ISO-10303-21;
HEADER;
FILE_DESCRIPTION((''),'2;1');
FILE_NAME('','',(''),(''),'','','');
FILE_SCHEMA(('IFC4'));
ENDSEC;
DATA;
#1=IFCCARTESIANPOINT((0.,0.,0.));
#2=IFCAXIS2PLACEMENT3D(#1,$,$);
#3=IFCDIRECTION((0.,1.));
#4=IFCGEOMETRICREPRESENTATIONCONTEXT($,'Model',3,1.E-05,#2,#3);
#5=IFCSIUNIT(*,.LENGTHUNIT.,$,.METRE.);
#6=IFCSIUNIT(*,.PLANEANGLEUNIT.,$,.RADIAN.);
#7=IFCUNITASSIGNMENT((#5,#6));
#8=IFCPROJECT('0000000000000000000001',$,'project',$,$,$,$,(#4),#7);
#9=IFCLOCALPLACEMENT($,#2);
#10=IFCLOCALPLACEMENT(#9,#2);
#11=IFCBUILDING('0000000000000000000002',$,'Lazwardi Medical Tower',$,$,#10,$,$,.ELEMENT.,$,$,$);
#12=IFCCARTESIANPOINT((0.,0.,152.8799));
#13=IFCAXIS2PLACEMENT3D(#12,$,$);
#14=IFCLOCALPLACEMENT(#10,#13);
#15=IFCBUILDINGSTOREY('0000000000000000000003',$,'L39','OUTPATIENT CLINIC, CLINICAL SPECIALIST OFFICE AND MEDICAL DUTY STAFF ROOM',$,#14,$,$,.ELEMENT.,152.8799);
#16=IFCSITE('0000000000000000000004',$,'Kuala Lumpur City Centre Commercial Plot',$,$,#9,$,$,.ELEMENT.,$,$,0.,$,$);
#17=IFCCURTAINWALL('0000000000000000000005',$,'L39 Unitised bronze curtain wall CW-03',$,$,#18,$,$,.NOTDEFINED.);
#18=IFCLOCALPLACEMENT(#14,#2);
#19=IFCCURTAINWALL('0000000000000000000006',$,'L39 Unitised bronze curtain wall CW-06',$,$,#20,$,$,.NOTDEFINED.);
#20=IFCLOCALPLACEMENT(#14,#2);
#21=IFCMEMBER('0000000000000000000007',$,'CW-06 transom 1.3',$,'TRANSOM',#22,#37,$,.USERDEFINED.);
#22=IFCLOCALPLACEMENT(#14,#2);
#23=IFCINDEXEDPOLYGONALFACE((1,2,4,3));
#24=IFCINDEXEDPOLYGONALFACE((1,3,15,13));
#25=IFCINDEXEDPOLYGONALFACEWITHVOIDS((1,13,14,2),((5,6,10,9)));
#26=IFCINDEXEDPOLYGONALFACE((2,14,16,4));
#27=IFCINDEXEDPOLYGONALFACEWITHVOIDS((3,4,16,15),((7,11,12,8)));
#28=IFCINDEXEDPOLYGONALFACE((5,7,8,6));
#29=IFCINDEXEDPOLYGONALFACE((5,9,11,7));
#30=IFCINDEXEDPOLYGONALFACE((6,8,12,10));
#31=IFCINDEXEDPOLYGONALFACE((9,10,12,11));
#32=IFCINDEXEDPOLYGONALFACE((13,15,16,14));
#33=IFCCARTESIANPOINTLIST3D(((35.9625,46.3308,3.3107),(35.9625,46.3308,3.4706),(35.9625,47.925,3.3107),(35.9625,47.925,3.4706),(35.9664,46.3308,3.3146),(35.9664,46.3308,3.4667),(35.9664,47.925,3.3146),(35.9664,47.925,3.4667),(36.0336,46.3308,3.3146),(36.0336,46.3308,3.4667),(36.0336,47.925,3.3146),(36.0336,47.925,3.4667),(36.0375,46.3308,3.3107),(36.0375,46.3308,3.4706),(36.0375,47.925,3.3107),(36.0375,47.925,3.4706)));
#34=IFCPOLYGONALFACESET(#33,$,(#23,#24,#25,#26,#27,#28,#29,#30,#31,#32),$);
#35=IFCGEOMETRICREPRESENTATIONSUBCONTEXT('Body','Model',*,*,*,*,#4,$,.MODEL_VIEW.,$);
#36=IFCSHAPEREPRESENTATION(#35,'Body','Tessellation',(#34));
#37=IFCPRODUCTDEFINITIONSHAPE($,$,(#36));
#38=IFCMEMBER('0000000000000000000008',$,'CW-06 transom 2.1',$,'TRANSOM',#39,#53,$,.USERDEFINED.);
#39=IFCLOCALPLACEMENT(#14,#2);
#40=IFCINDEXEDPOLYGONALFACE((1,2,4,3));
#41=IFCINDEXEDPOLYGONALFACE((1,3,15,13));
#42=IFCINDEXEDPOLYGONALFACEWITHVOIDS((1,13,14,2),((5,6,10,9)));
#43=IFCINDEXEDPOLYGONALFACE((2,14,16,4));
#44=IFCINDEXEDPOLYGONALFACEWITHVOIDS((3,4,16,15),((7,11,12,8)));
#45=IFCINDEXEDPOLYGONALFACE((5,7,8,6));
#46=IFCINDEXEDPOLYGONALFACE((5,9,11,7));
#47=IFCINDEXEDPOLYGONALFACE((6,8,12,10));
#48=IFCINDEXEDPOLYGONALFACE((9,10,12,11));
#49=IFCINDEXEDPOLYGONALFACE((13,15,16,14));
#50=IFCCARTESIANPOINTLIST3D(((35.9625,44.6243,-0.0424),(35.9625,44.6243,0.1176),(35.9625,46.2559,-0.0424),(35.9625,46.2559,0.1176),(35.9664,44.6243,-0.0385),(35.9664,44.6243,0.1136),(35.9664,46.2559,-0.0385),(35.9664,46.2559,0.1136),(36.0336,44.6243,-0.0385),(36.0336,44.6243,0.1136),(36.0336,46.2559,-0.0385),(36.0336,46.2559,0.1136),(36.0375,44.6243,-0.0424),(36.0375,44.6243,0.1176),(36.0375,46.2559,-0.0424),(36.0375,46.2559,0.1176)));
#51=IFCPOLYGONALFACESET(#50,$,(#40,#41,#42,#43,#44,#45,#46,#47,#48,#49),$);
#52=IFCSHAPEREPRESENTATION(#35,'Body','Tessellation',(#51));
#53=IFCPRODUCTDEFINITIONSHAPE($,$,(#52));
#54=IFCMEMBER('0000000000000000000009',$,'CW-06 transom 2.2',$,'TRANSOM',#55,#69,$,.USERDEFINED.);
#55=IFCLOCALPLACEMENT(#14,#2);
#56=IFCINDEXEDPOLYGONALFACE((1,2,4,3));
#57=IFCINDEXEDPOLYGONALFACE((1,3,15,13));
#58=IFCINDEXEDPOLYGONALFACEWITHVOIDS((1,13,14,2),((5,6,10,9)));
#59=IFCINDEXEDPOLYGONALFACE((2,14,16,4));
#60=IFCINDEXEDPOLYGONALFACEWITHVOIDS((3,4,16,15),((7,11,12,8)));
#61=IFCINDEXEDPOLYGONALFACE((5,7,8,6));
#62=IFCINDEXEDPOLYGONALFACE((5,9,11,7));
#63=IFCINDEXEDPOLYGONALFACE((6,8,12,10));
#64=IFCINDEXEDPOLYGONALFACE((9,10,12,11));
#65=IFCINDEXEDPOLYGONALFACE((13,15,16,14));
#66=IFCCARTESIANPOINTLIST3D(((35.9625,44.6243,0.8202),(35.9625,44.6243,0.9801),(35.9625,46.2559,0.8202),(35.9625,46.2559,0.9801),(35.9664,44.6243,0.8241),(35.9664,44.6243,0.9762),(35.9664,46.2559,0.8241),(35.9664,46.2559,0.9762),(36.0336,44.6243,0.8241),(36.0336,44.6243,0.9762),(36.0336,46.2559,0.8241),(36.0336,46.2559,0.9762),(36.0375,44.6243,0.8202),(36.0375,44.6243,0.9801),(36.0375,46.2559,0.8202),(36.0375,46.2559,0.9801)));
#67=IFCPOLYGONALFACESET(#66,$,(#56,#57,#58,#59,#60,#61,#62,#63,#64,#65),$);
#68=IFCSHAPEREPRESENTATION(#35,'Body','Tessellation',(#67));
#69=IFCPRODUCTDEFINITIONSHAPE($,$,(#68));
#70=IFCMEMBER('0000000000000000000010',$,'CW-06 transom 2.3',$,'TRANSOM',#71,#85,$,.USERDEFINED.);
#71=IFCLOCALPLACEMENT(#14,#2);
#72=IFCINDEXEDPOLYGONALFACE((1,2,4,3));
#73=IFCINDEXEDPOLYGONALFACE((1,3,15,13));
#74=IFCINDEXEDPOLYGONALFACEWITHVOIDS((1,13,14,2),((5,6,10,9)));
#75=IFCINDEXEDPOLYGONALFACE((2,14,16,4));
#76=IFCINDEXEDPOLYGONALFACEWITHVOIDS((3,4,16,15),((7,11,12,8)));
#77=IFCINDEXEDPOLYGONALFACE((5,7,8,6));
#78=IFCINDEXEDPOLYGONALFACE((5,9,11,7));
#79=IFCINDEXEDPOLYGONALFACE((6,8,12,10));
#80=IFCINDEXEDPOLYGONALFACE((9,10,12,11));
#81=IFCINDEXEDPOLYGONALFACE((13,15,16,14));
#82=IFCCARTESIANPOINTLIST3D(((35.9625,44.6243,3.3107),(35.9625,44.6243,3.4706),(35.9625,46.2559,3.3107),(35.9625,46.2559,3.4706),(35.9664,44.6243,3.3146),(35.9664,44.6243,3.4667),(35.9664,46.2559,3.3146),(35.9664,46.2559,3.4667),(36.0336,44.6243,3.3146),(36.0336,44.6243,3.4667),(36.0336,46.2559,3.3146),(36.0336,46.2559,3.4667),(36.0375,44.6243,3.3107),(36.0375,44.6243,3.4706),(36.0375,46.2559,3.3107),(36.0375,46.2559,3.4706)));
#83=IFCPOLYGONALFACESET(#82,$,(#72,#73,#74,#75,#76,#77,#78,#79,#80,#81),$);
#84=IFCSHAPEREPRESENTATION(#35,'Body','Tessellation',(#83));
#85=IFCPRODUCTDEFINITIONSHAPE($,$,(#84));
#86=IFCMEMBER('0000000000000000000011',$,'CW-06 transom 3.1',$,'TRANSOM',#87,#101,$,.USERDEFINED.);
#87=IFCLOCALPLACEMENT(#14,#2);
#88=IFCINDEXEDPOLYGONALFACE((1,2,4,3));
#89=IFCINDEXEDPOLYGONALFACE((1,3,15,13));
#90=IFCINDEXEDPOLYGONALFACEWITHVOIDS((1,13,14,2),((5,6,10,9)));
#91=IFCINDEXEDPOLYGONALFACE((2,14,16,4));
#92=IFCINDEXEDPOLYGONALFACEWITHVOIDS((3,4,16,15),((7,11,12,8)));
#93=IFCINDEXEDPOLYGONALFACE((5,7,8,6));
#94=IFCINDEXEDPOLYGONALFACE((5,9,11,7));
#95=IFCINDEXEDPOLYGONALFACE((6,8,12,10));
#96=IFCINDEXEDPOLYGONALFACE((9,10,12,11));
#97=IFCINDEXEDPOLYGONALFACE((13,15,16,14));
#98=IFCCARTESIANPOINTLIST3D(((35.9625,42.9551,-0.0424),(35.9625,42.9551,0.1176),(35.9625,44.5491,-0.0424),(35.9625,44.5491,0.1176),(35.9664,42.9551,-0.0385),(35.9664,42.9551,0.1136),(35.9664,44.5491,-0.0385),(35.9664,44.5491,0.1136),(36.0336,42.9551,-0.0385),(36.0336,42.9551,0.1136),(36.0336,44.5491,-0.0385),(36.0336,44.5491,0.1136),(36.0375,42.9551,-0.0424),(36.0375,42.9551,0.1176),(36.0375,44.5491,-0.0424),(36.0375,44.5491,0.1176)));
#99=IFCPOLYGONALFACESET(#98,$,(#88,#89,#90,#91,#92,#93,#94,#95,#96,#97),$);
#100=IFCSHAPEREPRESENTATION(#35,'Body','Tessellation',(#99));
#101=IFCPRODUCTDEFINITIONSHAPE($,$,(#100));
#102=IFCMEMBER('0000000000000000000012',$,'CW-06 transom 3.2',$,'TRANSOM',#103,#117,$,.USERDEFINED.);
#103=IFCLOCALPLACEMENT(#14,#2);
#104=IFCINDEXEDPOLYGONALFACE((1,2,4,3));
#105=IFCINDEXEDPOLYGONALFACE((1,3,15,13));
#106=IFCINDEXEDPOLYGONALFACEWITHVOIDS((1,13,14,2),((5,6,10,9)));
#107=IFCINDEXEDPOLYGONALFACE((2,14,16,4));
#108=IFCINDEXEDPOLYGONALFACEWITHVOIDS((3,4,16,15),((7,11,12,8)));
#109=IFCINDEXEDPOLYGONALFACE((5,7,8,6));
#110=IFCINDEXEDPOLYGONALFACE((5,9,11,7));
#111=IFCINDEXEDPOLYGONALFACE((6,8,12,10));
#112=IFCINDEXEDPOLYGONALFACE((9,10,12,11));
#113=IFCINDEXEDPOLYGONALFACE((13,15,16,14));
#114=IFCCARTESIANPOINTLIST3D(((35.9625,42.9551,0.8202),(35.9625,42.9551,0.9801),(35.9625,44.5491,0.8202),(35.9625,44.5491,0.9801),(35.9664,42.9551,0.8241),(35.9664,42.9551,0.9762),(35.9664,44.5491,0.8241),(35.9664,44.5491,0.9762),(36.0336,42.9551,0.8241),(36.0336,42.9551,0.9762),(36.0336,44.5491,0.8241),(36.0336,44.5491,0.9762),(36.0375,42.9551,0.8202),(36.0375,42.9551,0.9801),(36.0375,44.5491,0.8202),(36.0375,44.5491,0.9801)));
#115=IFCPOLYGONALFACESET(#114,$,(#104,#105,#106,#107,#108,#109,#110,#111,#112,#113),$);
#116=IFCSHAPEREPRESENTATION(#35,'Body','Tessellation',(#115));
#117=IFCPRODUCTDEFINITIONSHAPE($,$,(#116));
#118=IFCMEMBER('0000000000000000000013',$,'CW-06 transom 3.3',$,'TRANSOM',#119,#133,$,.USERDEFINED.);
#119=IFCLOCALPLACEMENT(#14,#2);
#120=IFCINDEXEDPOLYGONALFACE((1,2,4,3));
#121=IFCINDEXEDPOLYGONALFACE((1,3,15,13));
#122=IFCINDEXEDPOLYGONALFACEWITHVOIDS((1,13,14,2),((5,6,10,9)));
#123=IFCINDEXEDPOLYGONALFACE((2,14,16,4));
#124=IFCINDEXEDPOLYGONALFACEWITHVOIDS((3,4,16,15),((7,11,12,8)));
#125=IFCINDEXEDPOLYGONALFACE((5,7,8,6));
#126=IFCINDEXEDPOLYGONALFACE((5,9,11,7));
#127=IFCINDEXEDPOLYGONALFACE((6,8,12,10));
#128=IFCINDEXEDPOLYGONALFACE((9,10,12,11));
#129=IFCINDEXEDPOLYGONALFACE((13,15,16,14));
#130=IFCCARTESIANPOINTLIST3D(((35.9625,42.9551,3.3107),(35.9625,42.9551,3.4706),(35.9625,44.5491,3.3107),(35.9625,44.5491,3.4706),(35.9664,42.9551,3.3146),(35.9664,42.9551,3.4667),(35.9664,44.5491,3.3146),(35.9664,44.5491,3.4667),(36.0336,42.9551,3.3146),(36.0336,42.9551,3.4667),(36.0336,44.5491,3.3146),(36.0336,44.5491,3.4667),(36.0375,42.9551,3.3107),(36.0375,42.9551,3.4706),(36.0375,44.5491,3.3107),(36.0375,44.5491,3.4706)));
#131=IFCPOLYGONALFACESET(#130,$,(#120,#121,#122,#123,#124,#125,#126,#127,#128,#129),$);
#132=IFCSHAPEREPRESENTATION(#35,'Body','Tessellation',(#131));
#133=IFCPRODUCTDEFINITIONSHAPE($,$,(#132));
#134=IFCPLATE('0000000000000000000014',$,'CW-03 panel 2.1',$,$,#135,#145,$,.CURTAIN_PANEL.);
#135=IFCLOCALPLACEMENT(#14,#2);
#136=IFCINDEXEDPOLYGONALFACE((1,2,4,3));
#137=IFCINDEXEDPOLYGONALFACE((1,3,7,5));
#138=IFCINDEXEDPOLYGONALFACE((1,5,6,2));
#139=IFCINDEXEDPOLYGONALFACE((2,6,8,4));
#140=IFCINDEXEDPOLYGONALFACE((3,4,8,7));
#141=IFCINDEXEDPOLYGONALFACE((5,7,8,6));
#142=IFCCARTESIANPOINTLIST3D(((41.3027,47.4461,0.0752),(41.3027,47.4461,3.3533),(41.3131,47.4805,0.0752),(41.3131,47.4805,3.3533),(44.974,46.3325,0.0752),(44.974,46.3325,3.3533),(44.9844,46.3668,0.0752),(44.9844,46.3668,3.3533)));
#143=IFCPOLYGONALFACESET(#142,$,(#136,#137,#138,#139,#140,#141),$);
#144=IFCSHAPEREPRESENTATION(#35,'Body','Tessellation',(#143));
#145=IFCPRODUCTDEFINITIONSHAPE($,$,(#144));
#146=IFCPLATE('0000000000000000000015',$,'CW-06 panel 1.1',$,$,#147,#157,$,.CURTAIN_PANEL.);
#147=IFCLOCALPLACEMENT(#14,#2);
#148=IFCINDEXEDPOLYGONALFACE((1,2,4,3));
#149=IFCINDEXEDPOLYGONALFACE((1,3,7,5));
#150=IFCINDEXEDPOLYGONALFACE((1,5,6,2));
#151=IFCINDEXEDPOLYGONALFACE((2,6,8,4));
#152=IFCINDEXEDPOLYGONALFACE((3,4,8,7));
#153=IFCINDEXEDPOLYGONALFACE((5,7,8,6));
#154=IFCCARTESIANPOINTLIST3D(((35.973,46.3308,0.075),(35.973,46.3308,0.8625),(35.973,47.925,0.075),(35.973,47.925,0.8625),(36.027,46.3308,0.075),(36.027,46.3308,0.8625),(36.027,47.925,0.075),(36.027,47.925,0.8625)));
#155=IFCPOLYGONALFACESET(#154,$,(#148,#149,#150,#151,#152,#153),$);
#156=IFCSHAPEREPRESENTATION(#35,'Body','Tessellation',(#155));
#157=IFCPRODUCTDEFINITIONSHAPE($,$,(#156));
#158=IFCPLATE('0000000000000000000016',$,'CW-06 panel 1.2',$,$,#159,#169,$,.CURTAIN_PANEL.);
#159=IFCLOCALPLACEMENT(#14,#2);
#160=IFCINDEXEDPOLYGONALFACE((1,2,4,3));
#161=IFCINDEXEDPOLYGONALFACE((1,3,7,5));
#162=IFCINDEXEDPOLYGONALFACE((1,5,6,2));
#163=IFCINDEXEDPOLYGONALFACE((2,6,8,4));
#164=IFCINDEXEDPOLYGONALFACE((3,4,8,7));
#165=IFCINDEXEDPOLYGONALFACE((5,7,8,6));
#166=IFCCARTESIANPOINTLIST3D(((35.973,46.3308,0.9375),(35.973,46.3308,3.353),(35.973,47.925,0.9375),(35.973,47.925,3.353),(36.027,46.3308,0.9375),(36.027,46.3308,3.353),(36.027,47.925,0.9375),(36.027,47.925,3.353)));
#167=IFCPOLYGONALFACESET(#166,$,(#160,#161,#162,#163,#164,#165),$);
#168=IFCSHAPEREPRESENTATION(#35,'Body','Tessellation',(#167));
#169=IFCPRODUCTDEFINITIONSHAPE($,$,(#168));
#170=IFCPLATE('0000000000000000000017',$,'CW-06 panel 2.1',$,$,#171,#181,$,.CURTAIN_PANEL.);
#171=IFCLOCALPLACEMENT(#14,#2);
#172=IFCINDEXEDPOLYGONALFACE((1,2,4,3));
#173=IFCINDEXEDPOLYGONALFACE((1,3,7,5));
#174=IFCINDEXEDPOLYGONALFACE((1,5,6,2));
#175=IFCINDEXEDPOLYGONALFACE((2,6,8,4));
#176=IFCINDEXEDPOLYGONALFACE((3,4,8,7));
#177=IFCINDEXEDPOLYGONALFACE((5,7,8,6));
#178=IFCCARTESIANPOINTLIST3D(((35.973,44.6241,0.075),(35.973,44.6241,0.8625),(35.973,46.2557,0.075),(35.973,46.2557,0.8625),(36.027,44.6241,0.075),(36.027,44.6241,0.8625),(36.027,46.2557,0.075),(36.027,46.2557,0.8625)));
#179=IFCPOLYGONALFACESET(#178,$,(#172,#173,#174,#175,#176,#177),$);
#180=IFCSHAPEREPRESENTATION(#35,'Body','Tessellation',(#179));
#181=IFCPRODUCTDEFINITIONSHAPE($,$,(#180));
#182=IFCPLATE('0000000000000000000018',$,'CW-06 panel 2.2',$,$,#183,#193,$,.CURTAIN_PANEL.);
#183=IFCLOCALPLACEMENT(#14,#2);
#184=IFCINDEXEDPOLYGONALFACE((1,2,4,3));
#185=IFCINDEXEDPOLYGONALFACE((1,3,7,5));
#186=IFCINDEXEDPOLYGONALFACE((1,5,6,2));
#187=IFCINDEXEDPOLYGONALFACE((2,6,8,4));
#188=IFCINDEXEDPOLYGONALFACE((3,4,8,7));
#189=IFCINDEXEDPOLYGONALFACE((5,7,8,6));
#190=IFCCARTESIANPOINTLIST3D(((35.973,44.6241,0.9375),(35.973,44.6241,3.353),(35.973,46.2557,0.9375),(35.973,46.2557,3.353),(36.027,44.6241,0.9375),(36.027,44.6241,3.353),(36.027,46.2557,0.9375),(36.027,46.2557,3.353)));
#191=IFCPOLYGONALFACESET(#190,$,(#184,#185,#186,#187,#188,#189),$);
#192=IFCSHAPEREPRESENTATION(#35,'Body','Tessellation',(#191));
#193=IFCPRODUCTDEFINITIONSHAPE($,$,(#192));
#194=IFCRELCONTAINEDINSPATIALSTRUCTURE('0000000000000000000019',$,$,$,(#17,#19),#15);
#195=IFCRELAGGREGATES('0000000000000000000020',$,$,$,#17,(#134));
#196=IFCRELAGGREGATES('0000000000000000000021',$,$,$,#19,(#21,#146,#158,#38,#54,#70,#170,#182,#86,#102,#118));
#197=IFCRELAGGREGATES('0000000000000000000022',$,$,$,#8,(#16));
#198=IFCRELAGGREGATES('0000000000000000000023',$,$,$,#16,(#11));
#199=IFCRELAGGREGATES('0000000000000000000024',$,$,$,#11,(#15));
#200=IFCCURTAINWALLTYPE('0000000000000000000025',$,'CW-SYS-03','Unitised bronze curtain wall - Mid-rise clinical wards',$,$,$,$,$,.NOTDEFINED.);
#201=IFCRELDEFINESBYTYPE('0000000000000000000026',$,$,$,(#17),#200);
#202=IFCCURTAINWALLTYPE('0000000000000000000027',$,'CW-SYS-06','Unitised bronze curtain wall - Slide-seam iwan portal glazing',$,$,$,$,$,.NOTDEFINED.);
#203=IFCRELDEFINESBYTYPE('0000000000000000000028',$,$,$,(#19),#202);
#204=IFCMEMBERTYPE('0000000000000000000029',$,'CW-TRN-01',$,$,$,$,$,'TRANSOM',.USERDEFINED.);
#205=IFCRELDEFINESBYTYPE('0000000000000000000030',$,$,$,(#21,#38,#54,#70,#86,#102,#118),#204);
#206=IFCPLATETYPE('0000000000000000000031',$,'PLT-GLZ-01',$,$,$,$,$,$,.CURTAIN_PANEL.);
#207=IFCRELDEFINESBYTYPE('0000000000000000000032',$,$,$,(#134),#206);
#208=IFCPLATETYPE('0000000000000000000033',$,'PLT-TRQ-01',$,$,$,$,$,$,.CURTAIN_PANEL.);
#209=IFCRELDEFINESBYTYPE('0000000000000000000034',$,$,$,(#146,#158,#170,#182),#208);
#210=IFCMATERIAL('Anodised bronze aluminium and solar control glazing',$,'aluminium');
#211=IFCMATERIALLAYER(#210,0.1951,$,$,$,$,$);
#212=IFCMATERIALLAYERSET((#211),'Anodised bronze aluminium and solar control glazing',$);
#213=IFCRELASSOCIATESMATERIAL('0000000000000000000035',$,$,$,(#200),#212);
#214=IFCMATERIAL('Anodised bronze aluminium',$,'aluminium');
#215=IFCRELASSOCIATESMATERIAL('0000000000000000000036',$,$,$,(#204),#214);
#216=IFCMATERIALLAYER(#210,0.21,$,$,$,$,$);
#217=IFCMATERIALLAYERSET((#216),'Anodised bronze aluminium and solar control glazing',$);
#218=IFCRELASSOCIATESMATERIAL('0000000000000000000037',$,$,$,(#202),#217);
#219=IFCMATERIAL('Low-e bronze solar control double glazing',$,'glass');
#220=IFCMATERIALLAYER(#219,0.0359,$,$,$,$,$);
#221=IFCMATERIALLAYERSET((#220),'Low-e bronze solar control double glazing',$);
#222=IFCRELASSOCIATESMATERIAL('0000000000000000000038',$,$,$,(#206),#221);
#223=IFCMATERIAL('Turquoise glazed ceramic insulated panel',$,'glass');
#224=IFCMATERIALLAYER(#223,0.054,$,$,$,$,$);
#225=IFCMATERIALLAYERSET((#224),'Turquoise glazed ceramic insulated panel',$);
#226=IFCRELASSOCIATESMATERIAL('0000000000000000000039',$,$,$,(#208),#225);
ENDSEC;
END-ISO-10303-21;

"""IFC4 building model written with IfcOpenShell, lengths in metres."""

from ifc_helpers import new_model, si_unit, direction, frame, origin, origin_2d, place, context, subcontext, project, spatial, rectangle, hollow_rectangle, extrude, material, layer, layer_set, material_profile, profile_set, type_object, element, aggregate, save


model = new_model("IFC4")

# Units and contexts
model_context = context("Model", 3, precision=1e-05, world=origin(), true_north=direction((0.0, 1.0)))
body_context = subcontext(model_context, "Body", "Model", "MODEL_VIEW")
ifc_project = project(units=[si_unit("LENGTHUNIT", "METRE"), si_unit("PLANEANGLEUNIT", "RADIAN")], contexts=[model_context])

# Site, building, storey
site_placement = place(None, origin())
site = spatial("IfcSite", under=ifc_project, at=site_placement, Name="Kuala Lumpur City Centre Commercial Plot", CompositionType="ELEMENT", RefElevation=0.0)
building_placement = place(site_placement, origin())
building = spatial("IfcBuilding", under=site, at=building_placement, Name="Lazwardi Medical Tower", CompositionType="ELEMENT")
storey_placement = place(building_placement, frame((0.0, 0.0, 152.8799)))
storey = spatial("IfcBuildingStorey", under=building, at=storey_placement, Name="L39", Description="OUTPATIENT CLINIC, CLINICAL SPECIALIST OFFICE AND MEDICAL DUTY STAFF ROOM", CompositionType="ELEMENT", Elevation=152.8799)

# Curtain walls, members
ifc_material_1 = material(Name="Anodised bronze aluminium and solar control glazing", Category="aluminium")
ifc_layer_1 = layer(ifc_material_1, 0.1951)
ifc_layer_set_1 = layer_set([ifc_layer_1], Name="Anodised bronze aluminium and solar control glazing")
curtain_wall_type_1 = type_object("IfcCurtainWallType", Name="CW-SYS-03", Description="Unitised bronze curtain wall - Mid-rise clinical wards", PredefinedType="NOTDEFINED", material=ifc_layer_set_1)
curtain_wall_1_placement = place(storey_placement, origin())
curtain_wall_1 = element("IfcCurtainWall", 1, at=curtain_wall_1_placement, inside=storey, type_object=curtain_wall_type_1, Name="L39 Unitised bronze curtain wall CW-03", PredefinedType="NOTDEFINED")
ifc_material_2 = material(Name="Anodised bronze aluminium", Category="aluminium")
ifc_material_profile_1 = material_profile(ifc_material_2, hollow_rectangle(XDim=0.075, YDim=0.1599, WallThickness=0.0039, at=origin_2d()), Name="ALU-TRANSOM 160x75x4")
ifc_profile_set_1 = profile_set([ifc_material_profile_1], Name="Anodised bronze aluminium")
member_type_1 = type_object("IfcMemberType", Name="CW-TRN-01", ElementType="TRANSOM", PredefinedType="USERDEFINED", material=ifc_profile_set_1)
ifc_layer_2 = layer(ifc_material_1, 0.21)
ifc_layer_set_2 = layer_set([ifc_layer_2], Name="Anodised bronze aluminium and solar control glazing")
curtain_wall_type_2 = type_object("IfcCurtainWallType", Name="CW-SYS-06", Description="Unitised bronze curtain wall - Slide-seam iwan portal glazing", PredefinedType="NOTDEFINED", material=ifc_layer_set_2)
curtain_wall_2_placement = place(storey_placement, origin())
curtain_wall_2 = element("IfcCurtainWall", 2, at=curtain_wall_2_placement, inside=storey, type_object=curtain_wall_type_2, Name="L39 Unitised bronze curtain wall CW-06", PredefinedType="NOTDEFINED")
member_1_placement = place(storey_placement, frame((36.0, 47.925, 3.3906), z_axis=(0.0, -1.0, 0.0), x_axis=(1.0, 0.0, 0.0)))
member_1 = element("IfcMember", 3, at=member_1_placement, type_object=member_type_1, Name="CW-06 transom 1.3", ObjectType="TRANSOM", PredefinedType="USERDEFINED", context=body_context, shape_type="SweptSolid", body=[
    extrude(hollow_rectangle(XDim=0.075, YDim=0.1599, WallThickness=0.0039, at=origin_2d()), origin(), (0.0, 0.0, 1.0), 1.5942),
])
member_2_placement = place(storey_placement, frame((36.0, 46.2559, 0.0376), z_axis=(0.0, -1.0, 0.0), x_axis=(1.0, 0.0, 0.0)))
member_2 = element("IfcMember", 4, at=member_2_placement, type_object=member_type_1, Name="CW-06 transom 2.1", ObjectType="TRANSOM", PredefinedType="USERDEFINED", context=body_context, shape_type="SweptSolid", body=[
    extrude(hollow_rectangle(XDim=0.075, YDim=0.1599, WallThickness=0.0039, at=origin_2d()), origin(), (0.0, 0.0, 1.0), 1.6316),
])
member_3_placement = place(storey_placement, frame((36.0, 46.2559, 0.9001), z_axis=(0.0, -1.0, 0.0), x_axis=(1.0, 0.0, 0.0)))
member_3 = element("IfcMember", 5, at=member_3_placement, type_object=member_type_1, Name="CW-06 transom 2.2", ObjectType="TRANSOM", PredefinedType="USERDEFINED", context=body_context, shape_type="SweptSolid", body=[
    extrude(hollow_rectangle(XDim=0.075, YDim=0.1599, WallThickness=0.0039, at=origin_2d()), origin(), (0.0, 0.0, 1.0), 1.6316),
])
member_4_placement = place(storey_placement, frame((36.0, 46.2559, 3.3906), z_axis=(0.0, -1.0, 0.0), x_axis=(1.0, 0.0, 0.0)))
member_4 = element("IfcMember", 6, at=member_4_placement, type_object=member_type_1, Name="CW-06 transom 2.3", ObjectType="TRANSOM", PredefinedType="USERDEFINED", context=body_context, shape_type="SweptSolid", body=[
    extrude(hollow_rectangle(XDim=0.075, YDim=0.1599, WallThickness=0.0039, at=origin_2d()), origin(), (0.0, 0.0, 1.0), 1.6316),
])
member_5_placement = place(storey_placement, frame((36.0, 44.5491, 0.0376), z_axis=(0.0, -1.0, 0.0), x_axis=(1.0, 0.0, 0.0)))
member_5 = element("IfcMember", 7, at=member_5_placement, type_object=member_type_1, Name="CW-06 transom 3.1", ObjectType="TRANSOM", PredefinedType="USERDEFINED", context=body_context, shape_type="SweptSolid", body=[
    extrude(hollow_rectangle(XDim=0.075, YDim=0.1599, WallThickness=0.0039, at=origin_2d()), origin(), (0.0, 0.0, 1.0), 1.594),
])
member_6_placement = place(storey_placement, frame((36.0, 44.5491, 0.9001), z_axis=(0.0, -1.0, 0.0), x_axis=(1.0, 0.0, 0.0)))
member_6 = element("IfcMember", 8, at=member_6_placement, type_object=member_type_1, Name="CW-06 transom 3.2", ObjectType="TRANSOM", PredefinedType="USERDEFINED", context=body_context, shape_type="SweptSolid", body=[
    extrude(hollow_rectangle(XDim=0.075, YDim=0.1599, WallThickness=0.0039, at=origin_2d()), origin(), (0.0, 0.0, 1.0), 1.594),
])
member_7_placement = place(storey_placement, frame((36.0, 44.5491, 3.3906), z_axis=(0.0, -1.0, 0.0), x_axis=(1.0, 0.0, 0.0)))
member_7 = element("IfcMember", 9, at=member_7_placement, type_object=member_type_1, Name="CW-06 transom 3.3", ObjectType="TRANSOM", PredefinedType="USERDEFINED", context=body_context, shape_type="SweptSolid", body=[
    extrude(hollow_rectangle(XDim=0.075, YDim=0.1599, WallThickness=0.0039, at=origin_2d()), origin(), (0.0, 0.0, 1.0), 1.594),
])

# Plates
ifc_material_3 = material(Name="Low-e bronze solar control double glazing", Category="glass")
ifc_layer_3 = layer(ifc_material_3, 0.0359)
ifc_layer_set_3 = layer_set([ifc_layer_3], Name="Low-e bronze solar control double glazing")
plate_type_1 = type_object("IfcPlateType", Name="PLT-GLZ-01", PredefinedType="CURTAIN_PANEL", material=ifc_layer_set_3)
plate_1_placement = place(storey_placement, frame((43.1436, 46.9065, 0.0752), z_axis=(0.0, 0.0, 1.0), x_axis=(-0.956942, 0.290281, 0.0)))
plate_1 = element("IfcPlate", 10, at=plate_1_placement, type_object=plate_type_1, Name="CW-03 panel 2.1", PredefinedType="CURTAIN_PANEL", context=body_context, shape_type="SweptSolid", body=[
    extrude(rectangle(XDim=3.8364, YDim=0.0359, at=origin_2d()), origin(), (0.0, 0.0, 1.0), 3.2781),
])
aggregate(curtain_wall_1, [plate_1])
ifc_material_4 = material(Name="Turquoise glazed ceramic insulated panel", Category="glass")
ifc_layer_4 = layer(ifc_material_4, 0.054)
ifc_layer_set_4 = layer_set([ifc_layer_4], Name="Turquoise glazed ceramic insulated panel")
plate_type_2 = type_object("IfcPlateType", Name="PLT-TRQ-01", PredefinedType="CURTAIN_PANEL", material=ifc_layer_set_4)
plate_2_placement = place(storey_placement, frame((36.0, 47.1279, 0.075), z_axis=(0.0, 0.0, 1.0), x_axis=(0.0, -1.0, 0.0)))
plate_2 = element("IfcPlate", 11, at=plate_2_placement, type_object=plate_type_2, Name="CW-06 panel 1.1", PredefinedType="CURTAIN_PANEL", context=body_context, shape_type="SweptSolid", body=[
    extrude(rectangle(XDim=1.5942, YDim=0.054, at=origin_2d()), origin(), (0.0, 0.0, 1.0), 0.7876),
])
plate_3_placement = place(storey_placement, frame((36.0, 47.1279, 0.9375), z_axis=(0.0, 0.0, 1.0), x_axis=(0.0, -1.0, 0.0)))
plate_3 = element("IfcPlate", 12, at=plate_3_placement, type_object=plate_type_2, Name="CW-06 panel 1.2", PredefinedType="CURTAIN_PANEL", context=body_context, shape_type="SweptSolid", body=[
    extrude(rectangle(XDim=1.5942, YDim=0.054, at=origin_2d()), origin(), (0.0, 0.0, 1.0), 2.4155),
])
plate_4_placement = place(storey_placement, frame((36.0, 45.4399, 0.075), z_axis=(0.0, 0.0, 1.0), x_axis=(0.0, -1.0, 0.0)))
plate_4 = element("IfcPlate", 13, at=plate_4_placement, type_object=plate_type_2, Name="CW-06 panel 2.1", PredefinedType="CURTAIN_PANEL", context=body_context, shape_type="SweptSolid", body=[
    extrude(rectangle(XDim=1.6316, YDim=0.054, at=origin_2d()), origin(), (0.0, 0.0, 1.0), 0.7876),
])
plate_5_placement = place(storey_placement, frame((36.0, 45.4399, 0.9375), z_axis=(0.0, 0.0, 1.0), x_axis=(0.0, -1.0, 0.0)))
plate_5 = element("IfcPlate", 14, at=plate_5_placement, type_object=plate_type_2, Name="CW-06 panel 2.2", PredefinedType="CURTAIN_PANEL", context=body_context, shape_type="SweptSolid", body=[
    extrude(rectangle(XDim=1.6316, YDim=0.054, at=origin_2d()), origin(), (0.0, 0.0, 1.0), 2.4155),
])
aggregate(curtain_wall_2, [member_1, plate_2, plate_3, member_2, member_3, member_4, plate_4, plate_5, member_5, member_6, member_7])

save(model, "model.ifc")
